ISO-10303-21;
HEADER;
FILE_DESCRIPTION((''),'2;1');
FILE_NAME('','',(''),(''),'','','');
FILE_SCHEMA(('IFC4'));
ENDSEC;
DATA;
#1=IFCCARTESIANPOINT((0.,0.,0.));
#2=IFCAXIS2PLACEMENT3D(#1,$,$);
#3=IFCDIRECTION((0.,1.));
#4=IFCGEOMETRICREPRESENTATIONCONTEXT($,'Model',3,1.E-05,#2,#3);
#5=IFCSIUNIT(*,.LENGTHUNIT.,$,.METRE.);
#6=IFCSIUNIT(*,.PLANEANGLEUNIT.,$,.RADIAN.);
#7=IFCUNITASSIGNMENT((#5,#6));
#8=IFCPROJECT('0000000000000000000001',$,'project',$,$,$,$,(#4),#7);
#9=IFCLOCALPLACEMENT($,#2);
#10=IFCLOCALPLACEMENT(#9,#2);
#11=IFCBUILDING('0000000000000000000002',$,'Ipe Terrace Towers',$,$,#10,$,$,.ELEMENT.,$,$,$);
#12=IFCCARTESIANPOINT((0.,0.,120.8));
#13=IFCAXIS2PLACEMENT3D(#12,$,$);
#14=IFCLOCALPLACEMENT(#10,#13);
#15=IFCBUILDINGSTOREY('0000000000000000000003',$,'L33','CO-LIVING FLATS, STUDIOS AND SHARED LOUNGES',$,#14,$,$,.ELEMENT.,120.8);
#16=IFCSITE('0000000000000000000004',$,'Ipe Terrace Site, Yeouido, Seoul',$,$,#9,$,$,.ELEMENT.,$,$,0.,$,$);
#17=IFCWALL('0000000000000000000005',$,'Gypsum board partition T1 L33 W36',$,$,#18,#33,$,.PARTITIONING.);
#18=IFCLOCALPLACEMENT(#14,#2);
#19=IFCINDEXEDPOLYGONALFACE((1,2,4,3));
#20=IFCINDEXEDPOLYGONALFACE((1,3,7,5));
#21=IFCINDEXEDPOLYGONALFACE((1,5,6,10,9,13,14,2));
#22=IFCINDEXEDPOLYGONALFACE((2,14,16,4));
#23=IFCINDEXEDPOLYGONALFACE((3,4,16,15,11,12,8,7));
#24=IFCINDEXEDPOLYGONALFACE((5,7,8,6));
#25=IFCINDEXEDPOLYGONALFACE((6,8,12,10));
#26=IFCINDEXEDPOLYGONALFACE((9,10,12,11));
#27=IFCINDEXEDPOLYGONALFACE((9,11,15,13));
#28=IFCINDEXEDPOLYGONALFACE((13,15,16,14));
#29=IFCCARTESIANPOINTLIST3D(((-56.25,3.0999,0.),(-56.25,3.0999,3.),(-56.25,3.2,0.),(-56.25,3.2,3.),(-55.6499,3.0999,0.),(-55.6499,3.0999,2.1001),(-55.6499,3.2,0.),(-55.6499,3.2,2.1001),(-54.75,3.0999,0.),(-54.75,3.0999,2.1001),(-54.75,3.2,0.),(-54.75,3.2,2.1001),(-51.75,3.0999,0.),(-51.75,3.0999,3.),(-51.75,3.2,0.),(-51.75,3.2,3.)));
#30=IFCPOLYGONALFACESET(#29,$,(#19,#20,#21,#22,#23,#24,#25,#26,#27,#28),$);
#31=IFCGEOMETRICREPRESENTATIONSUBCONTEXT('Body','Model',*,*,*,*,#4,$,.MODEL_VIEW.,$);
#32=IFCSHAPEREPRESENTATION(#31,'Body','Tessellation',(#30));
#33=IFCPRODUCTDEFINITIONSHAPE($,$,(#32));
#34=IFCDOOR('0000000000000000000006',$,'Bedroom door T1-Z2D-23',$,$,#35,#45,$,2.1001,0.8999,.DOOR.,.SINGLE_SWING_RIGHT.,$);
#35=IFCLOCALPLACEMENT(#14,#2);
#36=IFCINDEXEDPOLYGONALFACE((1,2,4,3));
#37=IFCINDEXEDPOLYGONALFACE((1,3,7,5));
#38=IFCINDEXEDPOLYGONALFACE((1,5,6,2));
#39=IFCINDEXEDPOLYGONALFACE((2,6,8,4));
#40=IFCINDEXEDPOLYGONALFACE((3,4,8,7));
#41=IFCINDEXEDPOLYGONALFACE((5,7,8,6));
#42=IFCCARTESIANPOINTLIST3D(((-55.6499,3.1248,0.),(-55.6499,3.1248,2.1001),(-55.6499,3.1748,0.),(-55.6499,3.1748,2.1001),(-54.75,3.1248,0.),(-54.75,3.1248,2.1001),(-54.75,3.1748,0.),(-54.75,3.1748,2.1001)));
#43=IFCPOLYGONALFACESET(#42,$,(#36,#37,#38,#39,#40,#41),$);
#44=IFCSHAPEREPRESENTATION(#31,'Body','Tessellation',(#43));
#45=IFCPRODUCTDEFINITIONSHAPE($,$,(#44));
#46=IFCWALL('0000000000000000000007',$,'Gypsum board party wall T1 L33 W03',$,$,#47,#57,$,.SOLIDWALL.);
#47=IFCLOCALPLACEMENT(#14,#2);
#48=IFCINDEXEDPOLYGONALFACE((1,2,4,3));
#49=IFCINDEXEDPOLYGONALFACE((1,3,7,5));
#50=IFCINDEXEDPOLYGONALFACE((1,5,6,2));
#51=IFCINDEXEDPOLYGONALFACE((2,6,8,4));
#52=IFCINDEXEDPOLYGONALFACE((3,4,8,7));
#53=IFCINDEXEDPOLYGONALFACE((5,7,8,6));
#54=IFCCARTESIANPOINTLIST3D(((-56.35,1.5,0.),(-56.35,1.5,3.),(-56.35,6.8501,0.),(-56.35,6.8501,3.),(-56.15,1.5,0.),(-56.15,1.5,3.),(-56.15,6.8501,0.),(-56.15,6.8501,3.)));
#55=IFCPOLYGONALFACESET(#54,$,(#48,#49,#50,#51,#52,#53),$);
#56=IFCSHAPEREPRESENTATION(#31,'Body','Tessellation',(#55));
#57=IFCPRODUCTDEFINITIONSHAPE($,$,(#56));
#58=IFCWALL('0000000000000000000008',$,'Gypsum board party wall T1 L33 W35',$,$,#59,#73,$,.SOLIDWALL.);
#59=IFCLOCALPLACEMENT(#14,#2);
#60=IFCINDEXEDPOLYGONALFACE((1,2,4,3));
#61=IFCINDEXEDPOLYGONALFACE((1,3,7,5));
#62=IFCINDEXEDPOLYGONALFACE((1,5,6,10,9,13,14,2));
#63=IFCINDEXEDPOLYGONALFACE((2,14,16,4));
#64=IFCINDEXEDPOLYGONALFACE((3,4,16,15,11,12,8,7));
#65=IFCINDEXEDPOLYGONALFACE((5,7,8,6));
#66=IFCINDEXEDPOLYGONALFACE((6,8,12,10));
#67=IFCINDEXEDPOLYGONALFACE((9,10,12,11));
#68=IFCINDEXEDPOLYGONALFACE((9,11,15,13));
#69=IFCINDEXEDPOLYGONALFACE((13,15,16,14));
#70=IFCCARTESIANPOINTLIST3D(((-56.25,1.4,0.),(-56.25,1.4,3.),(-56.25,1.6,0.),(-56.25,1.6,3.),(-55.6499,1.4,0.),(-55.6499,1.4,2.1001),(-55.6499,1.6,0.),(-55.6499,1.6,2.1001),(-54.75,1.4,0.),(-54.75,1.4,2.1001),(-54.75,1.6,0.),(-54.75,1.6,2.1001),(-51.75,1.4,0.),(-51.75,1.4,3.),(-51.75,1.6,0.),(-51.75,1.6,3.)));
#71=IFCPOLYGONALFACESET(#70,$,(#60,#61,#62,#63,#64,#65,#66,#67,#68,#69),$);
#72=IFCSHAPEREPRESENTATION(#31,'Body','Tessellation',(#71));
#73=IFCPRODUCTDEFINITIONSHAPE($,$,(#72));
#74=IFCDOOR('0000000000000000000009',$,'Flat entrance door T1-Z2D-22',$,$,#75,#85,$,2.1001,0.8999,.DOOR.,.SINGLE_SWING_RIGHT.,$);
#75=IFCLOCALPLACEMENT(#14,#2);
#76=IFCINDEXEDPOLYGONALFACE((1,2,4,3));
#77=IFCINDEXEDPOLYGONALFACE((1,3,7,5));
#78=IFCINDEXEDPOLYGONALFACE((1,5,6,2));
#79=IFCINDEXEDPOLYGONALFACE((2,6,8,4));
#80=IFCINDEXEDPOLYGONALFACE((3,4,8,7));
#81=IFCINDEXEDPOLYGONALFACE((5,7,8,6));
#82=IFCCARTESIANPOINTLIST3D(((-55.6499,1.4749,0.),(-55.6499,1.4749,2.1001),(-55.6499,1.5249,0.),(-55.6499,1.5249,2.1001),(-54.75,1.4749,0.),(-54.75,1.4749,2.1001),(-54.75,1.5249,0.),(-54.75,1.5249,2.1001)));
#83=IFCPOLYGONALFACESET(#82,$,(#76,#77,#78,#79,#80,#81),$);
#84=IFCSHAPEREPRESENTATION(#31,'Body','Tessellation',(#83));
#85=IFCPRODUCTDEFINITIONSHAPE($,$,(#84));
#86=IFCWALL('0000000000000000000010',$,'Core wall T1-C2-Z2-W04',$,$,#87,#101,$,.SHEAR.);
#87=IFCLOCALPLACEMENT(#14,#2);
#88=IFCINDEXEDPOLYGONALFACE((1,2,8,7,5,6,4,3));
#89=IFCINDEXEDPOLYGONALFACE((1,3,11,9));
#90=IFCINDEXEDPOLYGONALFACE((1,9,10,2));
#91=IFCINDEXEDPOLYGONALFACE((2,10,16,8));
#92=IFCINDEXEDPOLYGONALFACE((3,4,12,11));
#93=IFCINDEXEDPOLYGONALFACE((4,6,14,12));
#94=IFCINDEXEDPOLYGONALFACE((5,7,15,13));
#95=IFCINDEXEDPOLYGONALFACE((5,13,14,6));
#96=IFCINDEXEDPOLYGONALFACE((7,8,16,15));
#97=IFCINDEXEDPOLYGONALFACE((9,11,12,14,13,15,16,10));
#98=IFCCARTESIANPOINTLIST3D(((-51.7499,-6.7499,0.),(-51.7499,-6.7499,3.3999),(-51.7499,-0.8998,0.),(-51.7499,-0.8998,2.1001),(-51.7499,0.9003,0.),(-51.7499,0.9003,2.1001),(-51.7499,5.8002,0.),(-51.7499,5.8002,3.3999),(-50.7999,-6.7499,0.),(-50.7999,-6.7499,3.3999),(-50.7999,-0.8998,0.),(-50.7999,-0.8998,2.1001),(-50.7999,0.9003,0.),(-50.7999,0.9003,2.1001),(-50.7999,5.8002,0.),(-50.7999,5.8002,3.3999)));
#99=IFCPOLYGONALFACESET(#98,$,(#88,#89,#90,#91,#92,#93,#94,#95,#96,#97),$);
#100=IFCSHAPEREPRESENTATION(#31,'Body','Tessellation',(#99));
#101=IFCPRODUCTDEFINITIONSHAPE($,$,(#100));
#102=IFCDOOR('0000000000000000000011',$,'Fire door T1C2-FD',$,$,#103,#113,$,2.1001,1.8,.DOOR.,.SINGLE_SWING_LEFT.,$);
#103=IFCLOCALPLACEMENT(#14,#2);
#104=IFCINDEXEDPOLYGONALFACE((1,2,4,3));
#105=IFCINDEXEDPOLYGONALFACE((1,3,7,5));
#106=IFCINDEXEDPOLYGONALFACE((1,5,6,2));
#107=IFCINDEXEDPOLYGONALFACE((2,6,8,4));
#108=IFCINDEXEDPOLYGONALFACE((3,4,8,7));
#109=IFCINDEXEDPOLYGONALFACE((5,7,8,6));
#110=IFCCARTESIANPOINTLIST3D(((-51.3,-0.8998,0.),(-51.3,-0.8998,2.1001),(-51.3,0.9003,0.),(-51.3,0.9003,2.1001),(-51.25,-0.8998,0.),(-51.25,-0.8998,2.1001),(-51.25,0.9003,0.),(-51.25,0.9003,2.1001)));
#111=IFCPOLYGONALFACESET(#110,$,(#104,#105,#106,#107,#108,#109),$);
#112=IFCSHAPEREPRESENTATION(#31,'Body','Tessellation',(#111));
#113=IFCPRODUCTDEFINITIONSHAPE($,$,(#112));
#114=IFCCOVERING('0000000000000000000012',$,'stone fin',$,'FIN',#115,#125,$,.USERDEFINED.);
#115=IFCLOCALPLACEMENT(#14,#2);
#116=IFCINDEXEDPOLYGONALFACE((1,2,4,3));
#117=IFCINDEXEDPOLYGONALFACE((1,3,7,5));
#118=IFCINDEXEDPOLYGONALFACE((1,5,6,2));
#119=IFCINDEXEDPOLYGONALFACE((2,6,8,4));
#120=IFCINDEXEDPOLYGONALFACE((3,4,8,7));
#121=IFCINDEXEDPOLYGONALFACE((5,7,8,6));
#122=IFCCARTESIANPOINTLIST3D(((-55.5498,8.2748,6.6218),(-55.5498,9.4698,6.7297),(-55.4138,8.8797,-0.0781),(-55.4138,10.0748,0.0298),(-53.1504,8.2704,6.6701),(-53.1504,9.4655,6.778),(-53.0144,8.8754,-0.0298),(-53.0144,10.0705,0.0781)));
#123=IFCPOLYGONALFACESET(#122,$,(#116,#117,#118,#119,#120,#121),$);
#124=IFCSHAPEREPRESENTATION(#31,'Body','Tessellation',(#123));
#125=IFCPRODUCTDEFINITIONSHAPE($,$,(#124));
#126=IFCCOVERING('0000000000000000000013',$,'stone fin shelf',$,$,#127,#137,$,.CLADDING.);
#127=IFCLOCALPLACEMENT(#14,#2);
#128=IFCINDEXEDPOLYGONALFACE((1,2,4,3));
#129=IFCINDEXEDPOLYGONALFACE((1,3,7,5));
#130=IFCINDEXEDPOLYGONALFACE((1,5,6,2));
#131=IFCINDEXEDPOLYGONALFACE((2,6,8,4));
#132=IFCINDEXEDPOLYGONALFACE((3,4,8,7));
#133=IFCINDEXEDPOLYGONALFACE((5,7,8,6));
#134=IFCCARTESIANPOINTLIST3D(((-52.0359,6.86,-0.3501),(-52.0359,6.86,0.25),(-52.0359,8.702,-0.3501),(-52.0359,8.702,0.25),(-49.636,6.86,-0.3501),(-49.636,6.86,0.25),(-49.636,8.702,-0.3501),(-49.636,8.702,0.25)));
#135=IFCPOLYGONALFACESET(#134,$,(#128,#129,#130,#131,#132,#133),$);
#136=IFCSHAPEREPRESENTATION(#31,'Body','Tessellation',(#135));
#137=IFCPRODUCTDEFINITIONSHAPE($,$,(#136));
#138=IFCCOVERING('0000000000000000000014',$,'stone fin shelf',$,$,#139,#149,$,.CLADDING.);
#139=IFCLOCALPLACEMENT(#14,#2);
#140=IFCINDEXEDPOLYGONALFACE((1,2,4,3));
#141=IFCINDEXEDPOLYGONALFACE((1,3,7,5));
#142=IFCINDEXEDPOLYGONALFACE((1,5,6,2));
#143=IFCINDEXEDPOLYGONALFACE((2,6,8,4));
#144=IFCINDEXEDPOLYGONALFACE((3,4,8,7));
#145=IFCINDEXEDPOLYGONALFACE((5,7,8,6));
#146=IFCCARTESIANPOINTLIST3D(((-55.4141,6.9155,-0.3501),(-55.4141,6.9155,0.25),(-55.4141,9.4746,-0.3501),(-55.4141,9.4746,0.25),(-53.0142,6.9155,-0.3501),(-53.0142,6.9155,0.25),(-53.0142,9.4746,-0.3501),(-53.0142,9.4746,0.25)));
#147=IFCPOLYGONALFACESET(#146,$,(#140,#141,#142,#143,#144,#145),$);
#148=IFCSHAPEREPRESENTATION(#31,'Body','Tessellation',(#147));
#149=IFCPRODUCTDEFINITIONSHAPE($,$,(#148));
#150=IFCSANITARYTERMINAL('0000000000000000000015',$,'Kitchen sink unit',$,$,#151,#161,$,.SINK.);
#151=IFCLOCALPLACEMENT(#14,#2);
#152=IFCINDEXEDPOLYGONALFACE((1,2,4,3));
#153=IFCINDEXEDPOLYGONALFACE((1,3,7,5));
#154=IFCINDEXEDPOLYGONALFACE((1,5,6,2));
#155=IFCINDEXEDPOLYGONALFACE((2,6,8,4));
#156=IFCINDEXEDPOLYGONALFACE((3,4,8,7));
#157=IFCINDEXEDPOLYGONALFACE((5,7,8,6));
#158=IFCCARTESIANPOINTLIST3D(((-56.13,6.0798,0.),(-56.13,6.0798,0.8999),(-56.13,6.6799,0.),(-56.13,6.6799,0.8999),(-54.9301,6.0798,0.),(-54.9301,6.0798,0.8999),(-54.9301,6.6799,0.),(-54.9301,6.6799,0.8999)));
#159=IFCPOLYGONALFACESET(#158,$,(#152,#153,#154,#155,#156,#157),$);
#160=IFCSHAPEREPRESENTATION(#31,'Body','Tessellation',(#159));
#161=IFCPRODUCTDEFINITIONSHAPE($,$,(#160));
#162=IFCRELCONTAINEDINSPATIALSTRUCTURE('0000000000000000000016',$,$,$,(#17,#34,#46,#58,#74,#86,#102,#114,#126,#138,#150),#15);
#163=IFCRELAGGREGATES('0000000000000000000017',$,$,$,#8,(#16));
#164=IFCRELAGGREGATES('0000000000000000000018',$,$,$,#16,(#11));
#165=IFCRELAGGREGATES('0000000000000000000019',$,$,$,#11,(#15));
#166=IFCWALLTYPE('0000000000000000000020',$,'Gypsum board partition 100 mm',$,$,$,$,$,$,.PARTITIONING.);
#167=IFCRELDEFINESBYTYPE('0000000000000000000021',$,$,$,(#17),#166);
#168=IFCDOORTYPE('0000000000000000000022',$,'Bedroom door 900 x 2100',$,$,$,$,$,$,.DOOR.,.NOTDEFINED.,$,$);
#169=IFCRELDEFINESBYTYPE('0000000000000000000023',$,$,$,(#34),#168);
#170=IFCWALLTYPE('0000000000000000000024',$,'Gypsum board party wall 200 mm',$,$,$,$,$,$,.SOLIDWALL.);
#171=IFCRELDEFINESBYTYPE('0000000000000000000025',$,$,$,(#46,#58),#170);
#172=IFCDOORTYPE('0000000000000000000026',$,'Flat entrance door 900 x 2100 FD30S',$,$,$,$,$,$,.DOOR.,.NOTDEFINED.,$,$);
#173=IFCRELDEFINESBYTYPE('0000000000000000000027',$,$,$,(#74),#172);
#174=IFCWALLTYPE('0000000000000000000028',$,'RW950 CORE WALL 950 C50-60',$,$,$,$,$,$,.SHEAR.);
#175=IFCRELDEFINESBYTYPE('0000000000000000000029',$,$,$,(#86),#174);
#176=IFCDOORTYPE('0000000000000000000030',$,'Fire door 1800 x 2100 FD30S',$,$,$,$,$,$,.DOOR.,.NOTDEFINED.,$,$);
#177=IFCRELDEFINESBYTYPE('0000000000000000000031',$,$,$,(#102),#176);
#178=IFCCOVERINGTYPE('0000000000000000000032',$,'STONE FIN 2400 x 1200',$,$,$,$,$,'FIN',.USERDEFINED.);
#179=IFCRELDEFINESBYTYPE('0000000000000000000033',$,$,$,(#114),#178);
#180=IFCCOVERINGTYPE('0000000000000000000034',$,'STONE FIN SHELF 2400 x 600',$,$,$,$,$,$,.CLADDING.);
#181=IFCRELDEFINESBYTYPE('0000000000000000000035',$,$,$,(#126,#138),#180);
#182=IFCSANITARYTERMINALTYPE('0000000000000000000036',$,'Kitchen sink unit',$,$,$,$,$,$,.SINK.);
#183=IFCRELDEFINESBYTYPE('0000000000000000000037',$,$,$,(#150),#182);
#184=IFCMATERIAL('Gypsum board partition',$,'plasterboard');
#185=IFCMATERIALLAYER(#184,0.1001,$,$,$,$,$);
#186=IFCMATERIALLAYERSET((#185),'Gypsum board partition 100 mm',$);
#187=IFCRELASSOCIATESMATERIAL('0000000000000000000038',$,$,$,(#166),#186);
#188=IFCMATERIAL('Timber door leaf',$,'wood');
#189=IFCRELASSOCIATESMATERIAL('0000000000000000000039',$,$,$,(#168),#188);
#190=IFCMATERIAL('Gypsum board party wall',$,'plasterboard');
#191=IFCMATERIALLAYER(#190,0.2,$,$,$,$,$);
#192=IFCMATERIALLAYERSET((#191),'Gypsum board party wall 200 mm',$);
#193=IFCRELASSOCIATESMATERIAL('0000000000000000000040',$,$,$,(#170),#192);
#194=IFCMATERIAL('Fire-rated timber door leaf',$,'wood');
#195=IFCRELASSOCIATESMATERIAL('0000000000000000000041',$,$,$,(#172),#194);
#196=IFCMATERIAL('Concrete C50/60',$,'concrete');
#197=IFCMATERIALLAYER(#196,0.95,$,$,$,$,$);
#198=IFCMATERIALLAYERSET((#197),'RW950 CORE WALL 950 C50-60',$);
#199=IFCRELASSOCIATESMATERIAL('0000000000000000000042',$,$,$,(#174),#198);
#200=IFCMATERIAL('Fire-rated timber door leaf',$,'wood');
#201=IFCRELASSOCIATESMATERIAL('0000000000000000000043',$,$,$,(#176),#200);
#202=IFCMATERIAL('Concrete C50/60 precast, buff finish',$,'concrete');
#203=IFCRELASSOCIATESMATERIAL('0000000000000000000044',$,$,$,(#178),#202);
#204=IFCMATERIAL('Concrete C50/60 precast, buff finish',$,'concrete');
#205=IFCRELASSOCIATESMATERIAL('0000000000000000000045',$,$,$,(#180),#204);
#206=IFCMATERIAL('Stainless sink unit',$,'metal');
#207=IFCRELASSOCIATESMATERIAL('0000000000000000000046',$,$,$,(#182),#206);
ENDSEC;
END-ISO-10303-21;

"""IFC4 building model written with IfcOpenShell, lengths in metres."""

from ifc_helpers import new_model, si_unit, direction, frame, frame_2d, origin, origin_2d, place, context, subcontext, project, spatial, rectangle, extrude, material, layer, layer_set, material_profile, profile_set, type_object, element, fill, save


model = new_model("IFC4")

# Units and contexts
model_context = context("Model", 3, precision=1e-05, world=origin(), true_north=direction((0.0, 1.0)))
body_context = subcontext(model_context, "Body", "Model", "MODEL_VIEW")
ifc_project = project(units=[si_unit("LENGTHUNIT", "METRE"), si_unit("PLANEANGLEUNIT", "RADIAN")], contexts=[model_context])

# Site, building, storey
site_placement = place(None, origin())
site = spatial("IfcSite", under=ifc_project, at=site_placement, Name="Ipe Terrace Site, Yeouido, Seoul", CompositionType="ELEMENT", RefElevation=0.0)
building_placement = place(site_placement, origin())
building = spatial("IfcBuilding", under=site, at=building_placement, Name="Ipe Terrace Towers", CompositionType="ELEMENT")
storey_placement = place(building_placement, frame((0.0, 0.0, 120.8)))
storey = spatial("IfcBuildingStorey", under=building, at=storey_placement, Name="L33", Description="CO-LIVING FLATS, STUDIOS AND SHARED LOUNGES", CompositionType="ELEMENT", Elevation=120.8)

# Wall, opening, door
ifc_material_1 = material(Name="Gypsum board partition", Category="plasterboard")
ifc_layer_1 = layer(ifc_material_1, 0.1001)
ifc_layer_set_1 = layer_set([ifc_layer_1], Name="Gypsum board partition 100 mm")
wall_type_1 = type_object("IfcWallType", Name="Gypsum board partition 100 mm", PredefinedType="PARTITIONING", material=ifc_layer_set_1)
wall_1_placement = place(storey_placement, frame((-56.25, 3.1499, 0.0), z_axis=(0.0, 0.0, 1.0), x_axis=(1.0, 0.0, 0.0)))
wall_1 = element("IfcWall", 1, at=wall_1_placement, inside=storey, type_object=wall_type_1, Name="Gypsum board partition T1 L33 W36", PredefinedType="PARTITIONING", context=body_context, shape_type="SweptSolid", body=[
    extrude(rectangle(XDim=4.5, YDim=0.1001, at=frame_2d((2.25, 0.0))), origin(), (0.0, 0.0, 1.0), 3.0),
])
opening_1_placement = place(wall_1_placement, frame((0.6001, 0.0, 0.0)))
opening_1 = element("IfcOpeningElement", 2, at=opening_1_placement, cuts=wall_1, PredefinedType="OPENING", context=body_context, shape_type="SweptSolid", body=[
    extrude(rectangle(XDim=0.8999, YDim=2.1001, at=frame_2d((0.45, 1.05))), frame((0.0, 0.0601, 0.0), z_axis=(0.0, -1.0, 0.0), x_axis=(1.0, 0.0, 0.0)), (0.0, 0.0, 1.0), 0.1201),
])
ifc_material_2 = material(Name="Timber door leaf", Category="wood")
door_type_1 = type_object("IfcDoorType", Name="Bedroom door 900 x 2100", OperationType="NOTDEFINED", PredefinedType="DOOR", material=ifc_material_2)
door_1_placement = place(opening_1_placement, origin())
door_1 = element("IfcDoor", 3, at=door_1_placement, inside=storey, type_object=door_type_1, Name="Bedroom door T1-Z2D-23", OperationType="SINGLE_SWING_RIGHT", OverallHeight=2.1001, OverallWidth=0.8999, PredefinedType="DOOR", context=body_context, shape_type="SweptSolid", body=[
    extrude(rectangle(XDim=0.8999, YDim=2.1001, at=frame_2d((0.45, 1.05))), frame((0.0, 0.0249, 0.0), z_axis=(0.0, -1.0, 0.0), x_axis=(1.0, 0.0, 0.0)), (0.0, 0.0, 1.0), 0.05),
])
fill(opening_1, door_1)

# Wall
ifc_material_3 = material(Name="Gypsum board party wall", Category="plasterboard")
ifc_layer_2 = layer(ifc_material_3, 0.2)
ifc_layer_set_2 = layer_set([ifc_layer_2], Name="Gypsum board party wall 200 mm")
wall_type_2 = type_object("IfcWallType", Name="Gypsum board party wall 200 mm", PredefinedType="SOLIDWALL", material=ifc_layer_set_2)
wall_2_placement = place(storey_placement, frame((-56.25, 1.5, 0.0), z_axis=(0.0, 0.0, 1.0), x_axis=(0.0, 1.0, 0.0)))
element("IfcWall", 4, at=wall_2_placement, inside=storey, type_object=wall_type_2, Name="Gypsum board party wall T1 L33 W03", PredefinedType="SOLIDWALL", context=body_context, shape_type="SweptSolid", body=[
    extrude(rectangle(XDim=5.3501, YDim=0.2, at=frame_2d((2.675, 0.0))), origin(), (0.0, 0.0, 1.0), 3.0),
])

# Walls, openings, doors
wall_3_placement = place(storey_placement, frame((-56.25, 1.5, 0.0), z_axis=(0.0, 0.0, 1.0), x_axis=(1.0, 0.0, 0.0)))
wall_3 = element("IfcWall", 5, at=wall_3_placement, inside=storey, type_object=wall_type_2, Name="Gypsum board party wall T1 L33 W35", PredefinedType="SOLIDWALL", context=body_context, shape_type="SweptSolid", body=[
    extrude(rectangle(XDim=4.5, YDim=0.2, at=frame_2d((2.25, 0.0))), origin(), (0.0, 0.0, 1.0), 3.0),
])
opening_2_placement = place(wall_3_placement, frame((0.6001, 0.0, 0.0)))
opening_2 = element("IfcOpeningElement", 6, at=opening_2_placement, cuts=wall_3, PredefinedType="OPENING", context=body_context, shape_type="SweptSolid", body=[
    extrude(rectangle(XDim=0.8999, YDim=2.1001, at=frame_2d((0.45, 1.05))), frame((0.0, 0.1099, 0.0), z_axis=(0.0, -1.0, 0.0), x_axis=(1.0, 0.0, 0.0)), (0.0, 0.0, 1.0), 0.22),
])
ifc_material_4 = material(Name="Fire-rated timber door leaf", Category="wood")
door_type_2 = type_object("IfcDoorType", Name="Flat entrance door 900 x 2100 FD30S", OperationType="NOTDEFINED", PredefinedType="DOOR", material=ifc_material_4)
door_2_placement = place(opening_2_placement, origin())
door_2 = element("IfcDoor", 7, at=door_2_placement, inside=storey, type_object=door_type_2, Name="Flat entrance door T1-Z2D-22", OperationType="SINGLE_SWING_RIGHT", OverallHeight=2.1001, OverallWidth=0.8999, PredefinedType="DOOR", context=body_context, shape_type="SweptSolid", body=[
    extrude(rectangle(XDim=0.8999, YDim=2.1001, at=frame_2d((0.45, 1.05))), frame((0.0, 0.0249, 0.0), z_axis=(0.0, -1.0, 0.0), x_axis=(1.0, 0.0, 0.0)), (0.0, 0.0, 1.0), 0.05),
])
fill(opening_2, door_2)
ifc_material_5 = material(Name="Concrete C50/60", Category="concrete")
ifc_layer_3 = layer(ifc_material_5, 0.95)
ifc_layer_set_3 = layer_set([ifc_layer_3], Name="RW950 CORE WALL 950 C50-60")
wall_type_3 = type_object("IfcWallType", Name="RW950 CORE WALL 950 C50-60", PredefinedType="SHEAR", material=ifc_layer_set_3)
wall_4_placement = place(storey_placement, frame((-51.2749, 5.8, 0.0), z_axis=(0.0, 0.0, 1.0), x_axis=(0.0, -1.0, 0.0)))
wall_4 = element("IfcWall", 8, at=wall_4_placement, inside=storey, type_object=wall_type_3, Name="Core wall T1-C2-Z2-W04", PredefinedType="SHEAR", context=body_context, shape_type="SweptSolid", body=[
    extrude(rectangle(XDim=12.55, YDim=0.95, at=frame_2d((6.2749, 0.0))), origin(), (0.0, 0.0, 1.0), 3.3999),
])
opening_3_placement = place(wall_4_placement, frame((4.8999, 0.0, 0.0)))
opening_3 = element("IfcOpeningElement", 9, at=opening_3_placement, cuts=wall_4, PredefinedType="OPENING", context=body_context, shape_type="SweptSolid", body=[
    extrude(rectangle(XDim=1.8, YDim=2.1001, at=frame_2d((0.8999, 1.05))), frame((0.0, 0.4849, 0.0), z_axis=(0.0, -1.0, 0.0), x_axis=(1.0, 0.0, 0.0)), (0.0, 0.0, 1.0), 0.97),
])
ifc_material_6 = material(Name="Fire-rated timber door leaf", Category="wood")
door_type_3 = type_object("IfcDoorType", Name="Fire door 1800 x 2100 FD30S", OperationType="NOTDEFINED", PredefinedType="DOOR", material=ifc_material_6)
door_3_placement = place(opening_3_placement, origin())
door_3 = element("IfcDoor", 10, at=door_3_placement, inside=storey, type_object=door_type_3, Name="Fire door T1C2-FD", OperationType="SINGLE_SWING_LEFT", OverallHeight=2.1001, OverallWidth=1.8, PredefinedType="DOOR", context=body_context, shape_type="SweptSolid", body=[
    extrude(rectangle(XDim=1.8, YDim=2.1001, at=frame_2d((0.8999, 1.05))), frame((0.0, 0.0249, 0.0), z_axis=(0.0, -1.0, 0.0), x_axis=(1.0, 0.0, 0.0)), (0.0, 0.0, 1.0), 0.05),
])
fill(opening_3, door_3)

# Coverings
ifc_material_7 = material(Name="Concrete C50/60 precast, buff finish", Category="concrete")
ifc_material_profile_1 = material_profile(ifc_material_7, rectangle(XDim=2.3999, YDim=1.2, at=origin_2d()), Name="STONE FIN 2400 x 1200")
ifc_profile_set_1 = profile_set([ifc_material_profile_1], Name="Concrete C50/60 precast, buff finish")
covering_type_1 = type_object("IfcCoveringType", Name="STONE FIN 2400 x 1200", ElementType="FIN", PredefinedType="USERDEFINED", material=ifc_profile_set_1)
covering_1_placement = place(storey_placement, frame((-54.2141, 9.4751, 0.0), z_axis=(-0.02021, -0.089912, 0.995745), x_axis=(-0.999796, 0.001818, -0.020128)))
element("IfcCovering", 11, at=covering_1_placement, inside=storey, type_object=covering_type_1, Name="stone fin", ObjectType="FIN", PredefinedType="USERDEFINED", context=body_context, shape_type="SweptSolid", body=[
    extrude(rectangle(XDim=2.3999, YDim=1.2, at=origin_2d()), origin(), (0.0, 0.0, 1.0), 6.7285),
])
ifc_material_8 = material(Name="Concrete C50/60 precast, buff finish", Category="concrete")
covering_type_2 = type_object("IfcCoveringType", Name="STONE FIN SHELF 2400 x 600", PredefinedType="CLADDING", material=ifc_material_8)
covering_2_placement = place(storey_placement, frame((-50.8359, 7.781, -0.3501), z_axis=(0.0, 0.0, 1.0), x_axis=(-1.0, 0.0, 0.0)))
element("IfcCovering", 12, at=covering_2_placement, inside=storey, type_object=covering_type_2, Name="stone fin shelf", PredefinedType="CLADDING", context=body_context, shape_type="SweptSolid", body=[
    extrude(rectangle(XDim=2.3999, YDim=1.842, at=origin_2d()), origin(), (0.0, 0.0, 1.0), 0.6001),
])
covering_3_placement = place(storey_placement, frame((-54.2141, 8.1951, -0.3501), z_axis=(0.0, 0.0, 1.0), x_axis=(-1.0, 0.0, 0.0)))
element("IfcCovering", 13, at=covering_3_placement, inside=storey, type_object=covering_type_2, Name="stone fin shelf", PredefinedType="CLADDING", context=body_context, shape_type="SweptSolid", body=[
    extrude(rectangle(XDim=2.3999, YDim=2.5591, at=origin_2d()), origin(), (0.0, 0.0, 1.0), 0.6001),
])

# Sanitary terminal
ifc_material_9 = material(Name="Stainless sink unit", Category="metal")
sanitary_terminal_type_1 = type_object("IfcSanitaryTerminalType", Name="Kitchen sink unit", PredefinedType="SINK", material=ifc_material_9)
sanitary_terminal_1_placement = place(storey_placement, frame((-55.53, 6.3799, 0.0), z_axis=(0.0, 0.0, 1.0), x_axis=(1.0, 0.0, 0.0)))
element("IfcSanitaryTerminal", 14, at=sanitary_terminal_1_placement, inside=storey, type_object=sanitary_terminal_type_1, Name="Kitchen sink unit", PredefinedType="SINK", context=body_context, shape_type="SweptSolid", body=[
    extrude(rectangle(XDim=1.2, YDim=0.6001, at=origin_2d()), origin(), (0.0, 0.0, 1.0), 0.8999),
])

save(model, "model.ifc")
